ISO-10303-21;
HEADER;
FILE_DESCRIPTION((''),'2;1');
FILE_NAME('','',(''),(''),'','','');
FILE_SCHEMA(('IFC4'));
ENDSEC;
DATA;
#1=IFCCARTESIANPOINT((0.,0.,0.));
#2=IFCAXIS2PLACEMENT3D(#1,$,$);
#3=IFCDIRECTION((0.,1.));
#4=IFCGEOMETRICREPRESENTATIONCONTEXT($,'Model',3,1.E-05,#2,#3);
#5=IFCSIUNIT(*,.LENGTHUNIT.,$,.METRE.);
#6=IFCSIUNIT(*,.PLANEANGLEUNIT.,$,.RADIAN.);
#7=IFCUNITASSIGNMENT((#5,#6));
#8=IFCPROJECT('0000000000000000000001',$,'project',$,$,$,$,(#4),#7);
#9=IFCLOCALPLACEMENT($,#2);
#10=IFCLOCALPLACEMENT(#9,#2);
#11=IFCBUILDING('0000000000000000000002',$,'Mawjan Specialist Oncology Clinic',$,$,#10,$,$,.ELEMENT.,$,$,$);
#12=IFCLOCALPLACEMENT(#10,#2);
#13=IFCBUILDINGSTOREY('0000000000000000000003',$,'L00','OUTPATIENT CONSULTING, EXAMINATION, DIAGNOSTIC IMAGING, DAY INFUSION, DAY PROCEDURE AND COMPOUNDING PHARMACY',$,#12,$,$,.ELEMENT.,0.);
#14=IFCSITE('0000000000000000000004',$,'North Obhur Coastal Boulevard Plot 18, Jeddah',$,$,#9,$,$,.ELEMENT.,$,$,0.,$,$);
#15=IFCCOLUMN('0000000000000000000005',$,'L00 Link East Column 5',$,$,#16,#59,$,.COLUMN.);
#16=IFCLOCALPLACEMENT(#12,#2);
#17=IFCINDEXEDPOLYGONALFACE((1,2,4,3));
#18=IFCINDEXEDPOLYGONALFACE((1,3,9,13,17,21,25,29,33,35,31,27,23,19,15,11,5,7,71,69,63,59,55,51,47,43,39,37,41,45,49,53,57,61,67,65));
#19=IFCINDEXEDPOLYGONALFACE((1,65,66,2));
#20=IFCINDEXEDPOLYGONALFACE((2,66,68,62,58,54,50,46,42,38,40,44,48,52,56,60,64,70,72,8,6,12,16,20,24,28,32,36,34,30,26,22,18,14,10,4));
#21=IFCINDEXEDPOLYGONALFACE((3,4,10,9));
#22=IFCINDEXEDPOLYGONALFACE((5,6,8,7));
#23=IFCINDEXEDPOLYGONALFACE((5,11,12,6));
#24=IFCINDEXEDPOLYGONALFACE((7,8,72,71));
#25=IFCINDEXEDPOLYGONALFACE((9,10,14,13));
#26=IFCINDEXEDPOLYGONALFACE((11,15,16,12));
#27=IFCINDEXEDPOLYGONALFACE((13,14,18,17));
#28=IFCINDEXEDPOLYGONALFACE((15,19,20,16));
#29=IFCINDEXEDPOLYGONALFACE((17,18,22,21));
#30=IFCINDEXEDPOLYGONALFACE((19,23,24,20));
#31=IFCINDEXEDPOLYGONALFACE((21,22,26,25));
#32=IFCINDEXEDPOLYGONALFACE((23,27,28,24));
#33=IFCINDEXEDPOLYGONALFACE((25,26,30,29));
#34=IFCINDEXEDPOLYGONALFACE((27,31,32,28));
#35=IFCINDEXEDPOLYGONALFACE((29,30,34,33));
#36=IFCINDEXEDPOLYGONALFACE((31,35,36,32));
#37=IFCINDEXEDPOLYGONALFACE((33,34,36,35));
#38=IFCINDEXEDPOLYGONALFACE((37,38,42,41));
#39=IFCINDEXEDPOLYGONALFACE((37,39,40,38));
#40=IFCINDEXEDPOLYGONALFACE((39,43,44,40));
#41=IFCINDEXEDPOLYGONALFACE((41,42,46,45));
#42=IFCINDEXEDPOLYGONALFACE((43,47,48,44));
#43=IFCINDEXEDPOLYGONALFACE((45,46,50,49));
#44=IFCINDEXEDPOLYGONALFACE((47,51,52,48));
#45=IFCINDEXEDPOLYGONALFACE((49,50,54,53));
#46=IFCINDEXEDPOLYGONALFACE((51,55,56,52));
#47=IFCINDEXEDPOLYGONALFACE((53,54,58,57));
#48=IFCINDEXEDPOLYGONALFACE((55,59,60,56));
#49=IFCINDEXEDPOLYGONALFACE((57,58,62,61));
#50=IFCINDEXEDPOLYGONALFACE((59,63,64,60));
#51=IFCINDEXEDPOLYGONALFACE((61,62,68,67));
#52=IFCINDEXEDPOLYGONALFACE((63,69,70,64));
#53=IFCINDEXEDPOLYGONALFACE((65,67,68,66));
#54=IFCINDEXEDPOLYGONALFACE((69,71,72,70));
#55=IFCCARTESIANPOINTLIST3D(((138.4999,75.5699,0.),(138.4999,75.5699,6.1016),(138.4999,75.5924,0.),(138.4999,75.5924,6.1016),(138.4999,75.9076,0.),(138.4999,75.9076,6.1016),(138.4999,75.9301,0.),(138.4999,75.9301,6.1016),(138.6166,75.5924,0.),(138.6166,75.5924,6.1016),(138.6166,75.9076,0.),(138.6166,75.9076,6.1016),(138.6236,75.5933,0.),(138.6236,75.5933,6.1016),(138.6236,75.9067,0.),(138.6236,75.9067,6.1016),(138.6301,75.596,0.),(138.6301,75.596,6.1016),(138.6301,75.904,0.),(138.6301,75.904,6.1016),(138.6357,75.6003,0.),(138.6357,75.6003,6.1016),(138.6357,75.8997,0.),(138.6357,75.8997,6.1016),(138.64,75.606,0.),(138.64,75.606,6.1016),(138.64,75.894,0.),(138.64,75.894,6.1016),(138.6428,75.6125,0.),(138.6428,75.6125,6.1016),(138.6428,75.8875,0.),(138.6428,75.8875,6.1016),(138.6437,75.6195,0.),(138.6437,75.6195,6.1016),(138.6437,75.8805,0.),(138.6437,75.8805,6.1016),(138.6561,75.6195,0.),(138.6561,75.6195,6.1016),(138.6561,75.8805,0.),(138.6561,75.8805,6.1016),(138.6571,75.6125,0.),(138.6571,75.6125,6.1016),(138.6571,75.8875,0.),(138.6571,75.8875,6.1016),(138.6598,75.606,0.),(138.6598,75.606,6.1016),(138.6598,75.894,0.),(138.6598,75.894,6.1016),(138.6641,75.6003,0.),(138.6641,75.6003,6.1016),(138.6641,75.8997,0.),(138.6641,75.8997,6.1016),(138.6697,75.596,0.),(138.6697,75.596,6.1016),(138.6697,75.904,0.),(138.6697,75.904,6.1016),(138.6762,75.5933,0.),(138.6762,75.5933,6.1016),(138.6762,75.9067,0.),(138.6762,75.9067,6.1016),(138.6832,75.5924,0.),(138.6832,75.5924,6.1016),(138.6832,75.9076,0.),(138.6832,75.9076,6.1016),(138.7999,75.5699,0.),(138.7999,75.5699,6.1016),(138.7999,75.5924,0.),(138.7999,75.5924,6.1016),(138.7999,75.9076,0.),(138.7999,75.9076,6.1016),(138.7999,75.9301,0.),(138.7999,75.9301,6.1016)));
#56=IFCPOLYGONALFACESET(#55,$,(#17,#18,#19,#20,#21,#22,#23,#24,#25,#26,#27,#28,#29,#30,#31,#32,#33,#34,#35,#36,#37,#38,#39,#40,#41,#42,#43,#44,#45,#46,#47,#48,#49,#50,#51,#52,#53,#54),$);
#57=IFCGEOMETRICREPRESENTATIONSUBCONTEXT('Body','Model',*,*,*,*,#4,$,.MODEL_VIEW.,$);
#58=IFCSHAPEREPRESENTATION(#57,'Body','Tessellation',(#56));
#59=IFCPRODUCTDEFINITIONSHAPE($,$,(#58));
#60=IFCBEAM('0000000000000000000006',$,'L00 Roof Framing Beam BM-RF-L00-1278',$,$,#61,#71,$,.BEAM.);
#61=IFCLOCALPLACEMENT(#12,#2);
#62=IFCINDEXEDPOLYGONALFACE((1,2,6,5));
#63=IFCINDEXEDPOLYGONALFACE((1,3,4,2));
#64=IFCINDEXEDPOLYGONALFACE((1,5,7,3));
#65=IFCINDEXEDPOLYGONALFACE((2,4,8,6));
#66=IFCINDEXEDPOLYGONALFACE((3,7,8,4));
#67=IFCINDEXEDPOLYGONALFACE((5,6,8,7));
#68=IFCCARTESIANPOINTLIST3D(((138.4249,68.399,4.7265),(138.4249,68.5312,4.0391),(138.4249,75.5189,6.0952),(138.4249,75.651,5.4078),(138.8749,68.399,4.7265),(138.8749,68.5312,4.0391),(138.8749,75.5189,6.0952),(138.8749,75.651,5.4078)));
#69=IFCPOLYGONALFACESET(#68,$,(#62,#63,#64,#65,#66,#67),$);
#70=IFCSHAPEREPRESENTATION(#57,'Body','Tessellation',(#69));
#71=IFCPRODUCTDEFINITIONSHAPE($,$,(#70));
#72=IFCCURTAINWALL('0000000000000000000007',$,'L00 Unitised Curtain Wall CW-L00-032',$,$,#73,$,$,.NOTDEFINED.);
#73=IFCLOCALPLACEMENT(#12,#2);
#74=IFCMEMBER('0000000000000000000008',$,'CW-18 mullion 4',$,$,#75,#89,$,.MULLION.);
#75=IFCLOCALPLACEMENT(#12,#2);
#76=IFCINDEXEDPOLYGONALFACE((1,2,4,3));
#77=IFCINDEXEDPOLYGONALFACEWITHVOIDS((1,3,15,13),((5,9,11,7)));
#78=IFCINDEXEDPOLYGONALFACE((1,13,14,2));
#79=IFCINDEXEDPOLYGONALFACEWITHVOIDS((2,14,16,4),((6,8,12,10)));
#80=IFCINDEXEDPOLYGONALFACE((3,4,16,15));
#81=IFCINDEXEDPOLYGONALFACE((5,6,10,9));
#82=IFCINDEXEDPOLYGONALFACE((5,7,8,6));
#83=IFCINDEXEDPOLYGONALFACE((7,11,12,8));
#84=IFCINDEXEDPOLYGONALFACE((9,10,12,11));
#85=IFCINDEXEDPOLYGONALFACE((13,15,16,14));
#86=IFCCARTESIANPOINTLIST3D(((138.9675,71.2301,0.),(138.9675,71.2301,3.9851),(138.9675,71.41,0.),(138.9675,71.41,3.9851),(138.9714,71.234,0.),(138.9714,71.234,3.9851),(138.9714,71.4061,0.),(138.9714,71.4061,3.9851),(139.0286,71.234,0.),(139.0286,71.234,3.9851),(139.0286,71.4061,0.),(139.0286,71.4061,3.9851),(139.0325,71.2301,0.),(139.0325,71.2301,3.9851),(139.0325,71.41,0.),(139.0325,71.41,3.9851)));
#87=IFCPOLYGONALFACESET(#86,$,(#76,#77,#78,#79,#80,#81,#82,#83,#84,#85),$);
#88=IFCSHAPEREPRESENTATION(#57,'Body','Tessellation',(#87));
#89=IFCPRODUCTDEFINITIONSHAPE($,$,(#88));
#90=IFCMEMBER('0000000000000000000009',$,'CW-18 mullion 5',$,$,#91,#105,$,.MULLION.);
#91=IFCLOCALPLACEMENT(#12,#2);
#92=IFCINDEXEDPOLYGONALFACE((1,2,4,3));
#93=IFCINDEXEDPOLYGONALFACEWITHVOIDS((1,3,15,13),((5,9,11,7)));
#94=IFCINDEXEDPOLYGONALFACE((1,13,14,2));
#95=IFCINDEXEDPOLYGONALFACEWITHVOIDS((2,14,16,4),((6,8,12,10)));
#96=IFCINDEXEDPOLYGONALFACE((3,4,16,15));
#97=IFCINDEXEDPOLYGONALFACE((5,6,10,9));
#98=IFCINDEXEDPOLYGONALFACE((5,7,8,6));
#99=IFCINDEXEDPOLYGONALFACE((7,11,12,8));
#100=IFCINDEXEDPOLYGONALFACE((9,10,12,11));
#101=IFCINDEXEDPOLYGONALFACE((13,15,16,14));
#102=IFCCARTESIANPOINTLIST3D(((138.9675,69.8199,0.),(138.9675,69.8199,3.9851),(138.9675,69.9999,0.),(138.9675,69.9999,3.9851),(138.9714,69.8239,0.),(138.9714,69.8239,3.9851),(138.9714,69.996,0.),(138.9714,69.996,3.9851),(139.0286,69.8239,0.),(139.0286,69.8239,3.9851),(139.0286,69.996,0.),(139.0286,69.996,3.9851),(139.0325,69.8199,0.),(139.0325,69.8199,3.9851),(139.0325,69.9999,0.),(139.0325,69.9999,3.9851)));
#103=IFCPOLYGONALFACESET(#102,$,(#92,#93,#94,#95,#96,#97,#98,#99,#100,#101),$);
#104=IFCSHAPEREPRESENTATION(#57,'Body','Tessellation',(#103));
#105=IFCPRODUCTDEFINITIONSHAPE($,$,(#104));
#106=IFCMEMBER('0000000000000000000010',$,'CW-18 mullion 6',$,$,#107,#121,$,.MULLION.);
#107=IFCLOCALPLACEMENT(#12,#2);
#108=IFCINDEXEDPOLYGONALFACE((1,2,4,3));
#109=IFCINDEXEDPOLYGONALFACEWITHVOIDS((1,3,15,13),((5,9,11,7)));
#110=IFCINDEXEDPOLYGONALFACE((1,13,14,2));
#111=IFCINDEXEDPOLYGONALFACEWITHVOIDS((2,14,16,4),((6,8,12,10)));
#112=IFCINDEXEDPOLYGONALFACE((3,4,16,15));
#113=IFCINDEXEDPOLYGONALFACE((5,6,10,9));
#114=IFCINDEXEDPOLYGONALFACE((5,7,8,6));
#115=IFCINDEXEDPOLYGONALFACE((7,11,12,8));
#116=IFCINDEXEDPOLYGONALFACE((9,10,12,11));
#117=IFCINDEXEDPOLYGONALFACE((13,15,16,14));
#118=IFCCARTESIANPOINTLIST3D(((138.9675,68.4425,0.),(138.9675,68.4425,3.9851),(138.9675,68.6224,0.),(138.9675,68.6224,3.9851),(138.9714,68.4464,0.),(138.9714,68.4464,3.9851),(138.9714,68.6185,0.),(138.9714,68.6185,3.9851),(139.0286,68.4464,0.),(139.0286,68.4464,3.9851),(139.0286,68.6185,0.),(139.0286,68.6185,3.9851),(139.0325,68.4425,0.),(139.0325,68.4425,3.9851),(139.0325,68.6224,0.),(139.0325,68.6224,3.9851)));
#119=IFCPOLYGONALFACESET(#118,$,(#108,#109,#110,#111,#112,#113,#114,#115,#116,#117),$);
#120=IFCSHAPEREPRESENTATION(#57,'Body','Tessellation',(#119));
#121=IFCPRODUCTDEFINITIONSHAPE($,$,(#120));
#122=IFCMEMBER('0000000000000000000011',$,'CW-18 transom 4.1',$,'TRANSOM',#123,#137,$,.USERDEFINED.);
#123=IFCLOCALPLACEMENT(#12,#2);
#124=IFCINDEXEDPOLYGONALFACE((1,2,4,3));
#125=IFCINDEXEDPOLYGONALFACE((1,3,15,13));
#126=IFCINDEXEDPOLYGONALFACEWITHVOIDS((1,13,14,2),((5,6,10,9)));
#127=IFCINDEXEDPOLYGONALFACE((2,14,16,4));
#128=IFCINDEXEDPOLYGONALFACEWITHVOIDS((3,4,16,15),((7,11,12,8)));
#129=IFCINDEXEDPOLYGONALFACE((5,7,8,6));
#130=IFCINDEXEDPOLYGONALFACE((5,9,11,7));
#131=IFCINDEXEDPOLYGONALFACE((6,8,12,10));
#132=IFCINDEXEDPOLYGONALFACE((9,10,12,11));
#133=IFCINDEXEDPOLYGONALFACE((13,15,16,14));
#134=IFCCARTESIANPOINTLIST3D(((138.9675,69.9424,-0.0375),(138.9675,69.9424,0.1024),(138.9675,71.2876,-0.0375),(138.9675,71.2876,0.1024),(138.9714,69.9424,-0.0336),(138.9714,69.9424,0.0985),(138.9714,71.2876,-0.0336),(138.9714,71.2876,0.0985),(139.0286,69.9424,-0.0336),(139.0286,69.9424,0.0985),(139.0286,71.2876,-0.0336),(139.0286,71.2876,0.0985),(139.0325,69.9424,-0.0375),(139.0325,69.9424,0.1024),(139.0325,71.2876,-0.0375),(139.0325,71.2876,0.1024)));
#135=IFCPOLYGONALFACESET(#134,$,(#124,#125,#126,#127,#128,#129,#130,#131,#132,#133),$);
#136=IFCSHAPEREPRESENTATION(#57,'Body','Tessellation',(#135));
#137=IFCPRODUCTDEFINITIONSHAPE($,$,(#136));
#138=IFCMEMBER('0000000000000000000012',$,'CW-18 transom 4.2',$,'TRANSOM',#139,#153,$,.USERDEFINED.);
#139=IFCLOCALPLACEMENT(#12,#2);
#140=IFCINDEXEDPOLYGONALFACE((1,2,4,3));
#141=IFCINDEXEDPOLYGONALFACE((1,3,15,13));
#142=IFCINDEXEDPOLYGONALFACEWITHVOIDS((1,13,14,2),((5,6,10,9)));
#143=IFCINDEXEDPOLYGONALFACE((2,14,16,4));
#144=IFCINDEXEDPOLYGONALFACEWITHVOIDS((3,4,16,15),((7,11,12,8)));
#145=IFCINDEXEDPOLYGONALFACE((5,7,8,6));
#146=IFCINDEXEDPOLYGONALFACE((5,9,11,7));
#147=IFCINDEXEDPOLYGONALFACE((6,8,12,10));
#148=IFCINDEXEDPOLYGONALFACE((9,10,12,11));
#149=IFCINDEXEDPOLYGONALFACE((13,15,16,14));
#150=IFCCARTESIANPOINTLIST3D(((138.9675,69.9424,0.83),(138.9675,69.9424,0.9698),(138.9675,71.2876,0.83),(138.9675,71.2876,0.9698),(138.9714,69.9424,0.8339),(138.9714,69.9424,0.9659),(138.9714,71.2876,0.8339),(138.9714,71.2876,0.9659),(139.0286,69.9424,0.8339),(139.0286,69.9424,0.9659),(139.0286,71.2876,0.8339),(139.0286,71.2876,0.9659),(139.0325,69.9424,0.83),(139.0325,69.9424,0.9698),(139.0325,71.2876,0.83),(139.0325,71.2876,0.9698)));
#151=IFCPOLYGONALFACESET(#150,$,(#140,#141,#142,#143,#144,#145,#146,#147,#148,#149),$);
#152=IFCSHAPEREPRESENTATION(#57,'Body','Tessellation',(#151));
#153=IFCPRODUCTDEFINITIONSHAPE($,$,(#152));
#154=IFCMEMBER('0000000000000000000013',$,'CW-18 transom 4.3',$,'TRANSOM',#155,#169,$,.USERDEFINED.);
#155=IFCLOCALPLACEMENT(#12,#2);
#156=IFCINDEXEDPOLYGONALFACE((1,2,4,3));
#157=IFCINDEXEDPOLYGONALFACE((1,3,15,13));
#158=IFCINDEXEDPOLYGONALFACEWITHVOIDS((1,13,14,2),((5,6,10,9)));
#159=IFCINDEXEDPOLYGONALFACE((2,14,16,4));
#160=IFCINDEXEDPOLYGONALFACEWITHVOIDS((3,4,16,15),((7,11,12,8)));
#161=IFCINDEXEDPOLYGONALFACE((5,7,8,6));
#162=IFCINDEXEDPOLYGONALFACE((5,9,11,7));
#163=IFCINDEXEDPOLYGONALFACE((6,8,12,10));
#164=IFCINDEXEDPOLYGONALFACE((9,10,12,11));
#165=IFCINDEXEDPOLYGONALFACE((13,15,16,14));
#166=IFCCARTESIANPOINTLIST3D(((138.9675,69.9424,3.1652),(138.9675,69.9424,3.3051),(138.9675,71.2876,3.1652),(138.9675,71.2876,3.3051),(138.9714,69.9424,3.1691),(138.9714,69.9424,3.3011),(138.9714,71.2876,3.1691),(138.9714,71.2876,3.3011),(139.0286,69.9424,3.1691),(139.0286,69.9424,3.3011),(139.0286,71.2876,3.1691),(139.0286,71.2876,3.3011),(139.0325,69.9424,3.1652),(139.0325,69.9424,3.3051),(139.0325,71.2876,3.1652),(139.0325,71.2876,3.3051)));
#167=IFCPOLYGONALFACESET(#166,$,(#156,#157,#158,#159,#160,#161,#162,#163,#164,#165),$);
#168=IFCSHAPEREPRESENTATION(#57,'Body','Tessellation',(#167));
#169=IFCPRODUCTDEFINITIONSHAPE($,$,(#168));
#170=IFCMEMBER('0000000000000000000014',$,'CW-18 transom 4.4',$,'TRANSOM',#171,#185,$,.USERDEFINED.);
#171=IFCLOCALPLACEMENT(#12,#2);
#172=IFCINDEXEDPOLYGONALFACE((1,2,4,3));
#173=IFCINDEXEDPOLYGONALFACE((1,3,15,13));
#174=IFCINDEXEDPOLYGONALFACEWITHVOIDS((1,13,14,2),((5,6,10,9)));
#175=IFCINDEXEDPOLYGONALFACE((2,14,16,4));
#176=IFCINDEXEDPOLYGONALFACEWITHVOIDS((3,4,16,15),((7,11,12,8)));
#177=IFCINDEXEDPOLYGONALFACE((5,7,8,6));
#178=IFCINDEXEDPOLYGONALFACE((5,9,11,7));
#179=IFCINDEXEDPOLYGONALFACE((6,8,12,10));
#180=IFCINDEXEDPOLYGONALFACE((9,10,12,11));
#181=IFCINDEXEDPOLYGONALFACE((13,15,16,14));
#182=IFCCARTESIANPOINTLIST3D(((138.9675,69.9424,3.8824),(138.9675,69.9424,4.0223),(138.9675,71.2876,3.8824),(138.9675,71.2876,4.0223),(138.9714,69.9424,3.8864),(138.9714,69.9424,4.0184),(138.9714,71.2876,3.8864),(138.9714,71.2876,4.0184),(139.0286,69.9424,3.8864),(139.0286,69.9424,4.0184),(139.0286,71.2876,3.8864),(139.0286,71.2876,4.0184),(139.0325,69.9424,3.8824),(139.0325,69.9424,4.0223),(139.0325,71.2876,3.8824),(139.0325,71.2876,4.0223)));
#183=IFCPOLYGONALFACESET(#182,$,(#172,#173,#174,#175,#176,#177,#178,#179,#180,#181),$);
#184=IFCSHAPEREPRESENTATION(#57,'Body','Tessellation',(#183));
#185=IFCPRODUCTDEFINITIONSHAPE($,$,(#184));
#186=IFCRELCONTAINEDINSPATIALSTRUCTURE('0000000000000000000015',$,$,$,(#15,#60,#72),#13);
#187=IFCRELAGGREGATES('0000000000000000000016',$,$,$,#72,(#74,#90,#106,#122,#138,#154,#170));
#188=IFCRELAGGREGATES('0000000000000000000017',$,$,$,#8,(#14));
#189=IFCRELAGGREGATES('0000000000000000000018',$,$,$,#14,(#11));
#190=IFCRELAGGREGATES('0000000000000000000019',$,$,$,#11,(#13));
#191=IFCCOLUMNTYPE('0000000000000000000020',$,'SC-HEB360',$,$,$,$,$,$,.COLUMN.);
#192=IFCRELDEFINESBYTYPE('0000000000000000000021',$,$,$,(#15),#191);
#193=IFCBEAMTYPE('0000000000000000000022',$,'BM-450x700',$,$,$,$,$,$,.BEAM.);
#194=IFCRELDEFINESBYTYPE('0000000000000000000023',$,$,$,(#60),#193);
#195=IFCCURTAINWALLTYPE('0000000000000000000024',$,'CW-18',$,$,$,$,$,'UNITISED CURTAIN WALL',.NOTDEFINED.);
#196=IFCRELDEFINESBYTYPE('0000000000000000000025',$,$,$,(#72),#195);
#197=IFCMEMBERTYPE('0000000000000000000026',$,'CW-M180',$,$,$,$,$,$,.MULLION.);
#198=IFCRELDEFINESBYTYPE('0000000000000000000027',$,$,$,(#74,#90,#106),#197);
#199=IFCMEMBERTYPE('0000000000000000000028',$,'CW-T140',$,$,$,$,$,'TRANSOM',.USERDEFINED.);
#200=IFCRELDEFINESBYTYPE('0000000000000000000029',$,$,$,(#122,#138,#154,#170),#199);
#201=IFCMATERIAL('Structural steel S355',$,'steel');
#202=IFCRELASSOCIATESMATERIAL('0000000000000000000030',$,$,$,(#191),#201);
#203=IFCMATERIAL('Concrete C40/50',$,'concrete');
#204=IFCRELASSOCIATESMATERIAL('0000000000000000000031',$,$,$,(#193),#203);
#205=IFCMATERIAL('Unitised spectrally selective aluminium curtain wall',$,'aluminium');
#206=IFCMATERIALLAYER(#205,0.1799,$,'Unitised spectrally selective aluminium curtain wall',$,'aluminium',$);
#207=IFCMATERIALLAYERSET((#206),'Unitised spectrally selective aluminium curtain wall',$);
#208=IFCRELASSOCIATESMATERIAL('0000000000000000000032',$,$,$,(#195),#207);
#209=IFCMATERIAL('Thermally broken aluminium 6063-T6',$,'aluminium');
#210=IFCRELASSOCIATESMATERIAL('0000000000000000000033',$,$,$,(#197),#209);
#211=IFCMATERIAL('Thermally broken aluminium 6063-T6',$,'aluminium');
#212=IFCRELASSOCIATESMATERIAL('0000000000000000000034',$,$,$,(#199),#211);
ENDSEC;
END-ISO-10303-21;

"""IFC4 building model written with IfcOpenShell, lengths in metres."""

from ifc_helpers import new_model, si_unit, direction, frame, origin, origin_2d, place, context, subcontext, project, spatial, rectangle, hollow_rectangle, i_section, extrude, material, layer, layer_set, material_profile, profile_set, type_object, element, aggregate, save


model = new_model("IFC4")

# Units and contexts
model_context = context("Model", 3, precision=1e-05, world=origin(), true_north=direction((0.0, 1.0)))
body_context = subcontext(model_context, "Body", "Model", "MODEL_VIEW")
ifc_project = project(units=[si_unit("LENGTHUNIT", "METRE"), si_unit("PLANEANGLEUNIT", "RADIAN")], contexts=[model_context])

# Site, building, storey
site_placement = place(None, origin())
site = spatial("IfcSite", under=ifc_project, at=site_placement, Name="North Obhur Coastal Boulevard Plot 18, Jeddah", CompositionType="ELEMENT", RefElevation=0.0)
building_placement = place(site_placement, origin())
building = spatial("IfcBuilding", under=site, at=building_placement, Name="Mawjan Specialist Oncology Clinic", CompositionType="ELEMENT")
storey_placement = place(building_placement, origin())
storey = spatial("IfcBuildingStorey", under=building, at=storey_placement, Name="L00", Description="OUTPATIENT CONSULTING, EXAMINATION, DIAGNOSTIC IMAGING, DAY INFUSION, DAY PROCEDURE AND COMPOUNDING PHARMACY", CompositionType="ELEMENT", Elevation=0.0)

# Column
ifc_material_1 = material(Name="Structural steel S355", Category="steel")
ifc_material_profile_1 = material_profile(ifc_material_1, i_section(OverallWidth=0.3, OverallDepth=0.3601, WebThickness=0.0125, FlangeThickness=0.0225, FilletRadius=0.0271, at=origin_2d()), Name="HEB 360", Category="steel")
ifc_profile_set_1 = profile_set([ifc_material_profile_1], Name="Structural steel S355")
column_type = type_object("IfcColumnType", Name="SC-HEB360", PredefinedType="COLUMN", material=ifc_profile_set_1)
column_placement = place(storey_placement, frame((138.6499, 75.75, 0.0), z_axis=(0.0, 0.0, 1.0), x_axis=(1.0, 0.0, 0.0)))
element("IfcColumn", 1, at=column_placement, inside=storey, type_object=column_type, Name="L00 Link East Column 5", PredefinedType="COLUMN", context=body_context, shape_type="SweptSolid", body=[
    extrude(i_section(OverallWidth=0.3, OverallDepth=0.3601, WebThickness=0.0125, FlangeThickness=0.0225, FilletRadius=0.0271, at=origin_2d()), origin(), (0.0, 0.0, 1.0), 6.1016),
])

# Beam
ifc_material_2 = material(Name="Concrete C40/50", Category="concrete")
ifc_material_profile_2 = material_profile(ifc_material_2, rectangle(XDim=0.45, YDim=0.7, at=origin_2d()), Name="RC BM 450x700", Category="concrete")
ifc_profile_set_2 = profile_set([ifc_material_profile_2], Name="Concrete C40/50")
beam_type = type_object("IfcBeamType", Name="BM-450x700", PredefinedType="BEAM", material=ifc_profile_set_2)
beam_placement = place(storey_placement, frame((138.6499, 68.4651, 4.3828), z_axis=(0.0, 0.982021, 0.188774), x_axis=(-1.0, 0.0, 0.0)))
element("IfcBeam", 2, at=beam_placement, inside=storey, type_object=beam_type, Name="L00 Roof Framing Beam BM-RF-L00-1278", PredefinedType="BEAM", context=body_context, shape_type="SweptSolid", body=[
    extrude(rectangle(XDim=0.45, YDim=0.7, at=origin_2d()), origin(), (0.0, 0.0, 1.0), 7.2502),
])

# Curtain wall, members
ifc_material_3 = material(Name="Unitised spectrally selective aluminium curtain wall", Category="aluminium")
ifc_layer_1 = layer(ifc_material_3, 0.1799, Name="Unitised spectrally selective aluminium curtain wall", Category="aluminium")
ifc_layer_set_1 = layer_set([ifc_layer_1], Name="Unitised spectrally selective aluminium curtain wall")
curtain_wall_type = type_object("IfcCurtainWallType", Name="CW-18", ElementType="UNITISED CURTAIN WALL", PredefinedType="NOTDEFINED", material=ifc_layer_set_1)
curtain_wall_placement = place(storey_placement, origin())
curtain_wall = element("IfcCurtainWall", 3, at=curtain_wall_placement, inside=storey, type_object=curtain_wall_type, Name="L00 Unitised Curtain Wall CW-L00-032", PredefinedType="NOTDEFINED")
ifc_material_4 = material(Name="Thermally broken aluminium 6063-T6", Category="aluminium")
ifc_material_profile_3 = material_profile(ifc_material_4, hollow_rectangle(XDim=0.0649, YDim=0.1799, WallThickness=0.0039, at=origin_2d()), Name="ALU MULLION 180x65x4", Category="aluminium")
ifc_profile_set_3 = profile_set([ifc_material_profile_3], Name="Thermally broken aluminium 6063-T6")
member_type_1 = type_object("IfcMemberType", Name="CW-M180", PredefinedType="MULLION", material=ifc_profile_set_3)
member_1_placement = place(storey_placement, frame((139.0, 71.3201, 0.0), z_axis=(0.0, 0.0, 1.0), x_axis=(1.0, 0.0, 0.0)))
member_1 = element("IfcMember", 4, at=member_1_placement, type_object=member_type_1, Name="CW-18 mullion 4", PredefinedType="MULLION", context=body_context, shape_type="SweptSolid", body=[
    extrude(hollow_rectangle(XDim=0.0649, YDim=0.1799, WallThickness=0.0039, at=origin_2d()), origin(), (0.0, 0.0, 1.0), 3.9851),
])
member_2_placement = place(storey_placement, frame((139.0, 69.9099, 0.0), z_axis=(0.0, 0.0, 1.0), x_axis=(1.0, 0.0, 0.0)))
member_2 = element("IfcMember", 5, at=member_2_placement, type_object=member_type_1, Name="CW-18 mullion 5", PredefinedType="MULLION", context=body_context, shape_type="SweptSolid", body=[
    extrude(hollow_rectangle(XDim=0.0649, YDim=0.1799, WallThickness=0.0039, at=origin_2d()), origin(), (0.0, 0.0, 1.0), 3.9851),
])
member_3_placement = place(storey_placement, frame((139.0, 68.5325, 0.0), z_axis=(0.0, 0.0, 1.0), x_axis=(1.0, 0.0, 0.0)))
member_3 = element("IfcMember", 6, at=member_3_placement, type_object=member_type_1, Name="CW-18 mullion 6", PredefinedType="MULLION", context=body_context, shape_type="SweptSolid", body=[
    extrude(hollow_rectangle(XDim=0.0649, YDim=0.1799, WallThickness=0.0039, at=origin_2d()), origin(), (0.0, 0.0, 1.0), 3.9851),
])
ifc_material_5 = material(Name="Thermally broken aluminium 6063-T6", Category="aluminium")
ifc_material_profile_4 = material_profile(ifc_material_5, hollow_rectangle(XDim=0.0649, YDim=0.1399, WallThickness=0.0039, at=origin_2d()), Name="ALU TRANSOM 140x65x4", Category="aluminium")
ifc_profile_set_4 = profile_set([ifc_material_profile_4], Name="Thermally broken aluminium 6063-T6")
member_type_2 = type_object("IfcMemberType", Name="CW-T140", ElementType="TRANSOM", PredefinedType="USERDEFINED", material=ifc_profile_set_4)
member_4_placement = place(storey_placement, frame((139.0, 71.2876, 0.0325), z_axis=(0.0, -1.0, 0.0), x_axis=(1.0, 0.0, 0.0)))
member_4 = element("IfcMember", 7, at=member_4_placement, type_object=member_type_2, Name="CW-18 transom 4.1", ObjectType="TRANSOM", PredefinedType="USERDEFINED", context=body_context, shape_type="SweptSolid", body=[
    extrude(hollow_rectangle(XDim=0.0649, YDim=0.1399, WallThickness=0.0039, at=origin_2d()), origin(), (0.0, 0.0, 1.0), 1.3452),
])
member_5_placement = place(storey_placement, frame((139.0, 71.2876, 0.8999), z_axis=(0.0, -1.0, 0.0), x_axis=(1.0, 0.0, 0.0)))
member_5 = element("IfcMember", 8, at=member_5_placement, type_object=member_type_2, Name="CW-18 transom 4.2", ObjectType="TRANSOM", PredefinedType="USERDEFINED", context=body_context, shape_type="SweptSolid", body=[
    extrude(hollow_rectangle(XDim=0.0649, YDim=0.1399, WallThickness=0.0039, at=origin_2d()), origin(), (0.0, 0.0, 1.0), 1.3452),
])
member_6_placement = place(storey_placement, frame((139.0, 71.2876, 3.2351), z_axis=(0.0, -1.0, 0.0), x_axis=(1.0, 0.0, 0.0)))
member_6 = element("IfcMember", 9, at=member_6_placement, type_object=member_type_2, Name="CW-18 transom 4.3", ObjectType="TRANSOM", PredefinedType="USERDEFINED", context=body_context, shape_type="SweptSolid", body=[
    extrude(hollow_rectangle(XDim=0.0649, YDim=0.1399, WallThickness=0.0039, at=origin_2d()), origin(), (0.0, 0.0, 1.0), 1.3452),
])
member_7_placement = place(storey_placement, frame((139.0, 71.2876, 3.9524), z_axis=(0.0, -1.0, 0.0), x_axis=(1.0, 0.0, 0.0)))
member_7 = element("IfcMember", 10, at=member_7_placement, type_object=member_type_2, Name="CW-18 transom 4.4", ObjectType="TRANSOM", PredefinedType="USERDEFINED", context=body_context, shape_type="SweptSolid", body=[
    extrude(hollow_rectangle(XDim=0.0649, YDim=0.1399, WallThickness=0.0039, at=origin_2d()), origin(), (0.0, 0.0, 1.0), 1.3452),
])
aggregate(curtain_wall, [member_1, member_2, member_3, member_4, member_5, member_6, member_7])

save(model, "model.ifc")
